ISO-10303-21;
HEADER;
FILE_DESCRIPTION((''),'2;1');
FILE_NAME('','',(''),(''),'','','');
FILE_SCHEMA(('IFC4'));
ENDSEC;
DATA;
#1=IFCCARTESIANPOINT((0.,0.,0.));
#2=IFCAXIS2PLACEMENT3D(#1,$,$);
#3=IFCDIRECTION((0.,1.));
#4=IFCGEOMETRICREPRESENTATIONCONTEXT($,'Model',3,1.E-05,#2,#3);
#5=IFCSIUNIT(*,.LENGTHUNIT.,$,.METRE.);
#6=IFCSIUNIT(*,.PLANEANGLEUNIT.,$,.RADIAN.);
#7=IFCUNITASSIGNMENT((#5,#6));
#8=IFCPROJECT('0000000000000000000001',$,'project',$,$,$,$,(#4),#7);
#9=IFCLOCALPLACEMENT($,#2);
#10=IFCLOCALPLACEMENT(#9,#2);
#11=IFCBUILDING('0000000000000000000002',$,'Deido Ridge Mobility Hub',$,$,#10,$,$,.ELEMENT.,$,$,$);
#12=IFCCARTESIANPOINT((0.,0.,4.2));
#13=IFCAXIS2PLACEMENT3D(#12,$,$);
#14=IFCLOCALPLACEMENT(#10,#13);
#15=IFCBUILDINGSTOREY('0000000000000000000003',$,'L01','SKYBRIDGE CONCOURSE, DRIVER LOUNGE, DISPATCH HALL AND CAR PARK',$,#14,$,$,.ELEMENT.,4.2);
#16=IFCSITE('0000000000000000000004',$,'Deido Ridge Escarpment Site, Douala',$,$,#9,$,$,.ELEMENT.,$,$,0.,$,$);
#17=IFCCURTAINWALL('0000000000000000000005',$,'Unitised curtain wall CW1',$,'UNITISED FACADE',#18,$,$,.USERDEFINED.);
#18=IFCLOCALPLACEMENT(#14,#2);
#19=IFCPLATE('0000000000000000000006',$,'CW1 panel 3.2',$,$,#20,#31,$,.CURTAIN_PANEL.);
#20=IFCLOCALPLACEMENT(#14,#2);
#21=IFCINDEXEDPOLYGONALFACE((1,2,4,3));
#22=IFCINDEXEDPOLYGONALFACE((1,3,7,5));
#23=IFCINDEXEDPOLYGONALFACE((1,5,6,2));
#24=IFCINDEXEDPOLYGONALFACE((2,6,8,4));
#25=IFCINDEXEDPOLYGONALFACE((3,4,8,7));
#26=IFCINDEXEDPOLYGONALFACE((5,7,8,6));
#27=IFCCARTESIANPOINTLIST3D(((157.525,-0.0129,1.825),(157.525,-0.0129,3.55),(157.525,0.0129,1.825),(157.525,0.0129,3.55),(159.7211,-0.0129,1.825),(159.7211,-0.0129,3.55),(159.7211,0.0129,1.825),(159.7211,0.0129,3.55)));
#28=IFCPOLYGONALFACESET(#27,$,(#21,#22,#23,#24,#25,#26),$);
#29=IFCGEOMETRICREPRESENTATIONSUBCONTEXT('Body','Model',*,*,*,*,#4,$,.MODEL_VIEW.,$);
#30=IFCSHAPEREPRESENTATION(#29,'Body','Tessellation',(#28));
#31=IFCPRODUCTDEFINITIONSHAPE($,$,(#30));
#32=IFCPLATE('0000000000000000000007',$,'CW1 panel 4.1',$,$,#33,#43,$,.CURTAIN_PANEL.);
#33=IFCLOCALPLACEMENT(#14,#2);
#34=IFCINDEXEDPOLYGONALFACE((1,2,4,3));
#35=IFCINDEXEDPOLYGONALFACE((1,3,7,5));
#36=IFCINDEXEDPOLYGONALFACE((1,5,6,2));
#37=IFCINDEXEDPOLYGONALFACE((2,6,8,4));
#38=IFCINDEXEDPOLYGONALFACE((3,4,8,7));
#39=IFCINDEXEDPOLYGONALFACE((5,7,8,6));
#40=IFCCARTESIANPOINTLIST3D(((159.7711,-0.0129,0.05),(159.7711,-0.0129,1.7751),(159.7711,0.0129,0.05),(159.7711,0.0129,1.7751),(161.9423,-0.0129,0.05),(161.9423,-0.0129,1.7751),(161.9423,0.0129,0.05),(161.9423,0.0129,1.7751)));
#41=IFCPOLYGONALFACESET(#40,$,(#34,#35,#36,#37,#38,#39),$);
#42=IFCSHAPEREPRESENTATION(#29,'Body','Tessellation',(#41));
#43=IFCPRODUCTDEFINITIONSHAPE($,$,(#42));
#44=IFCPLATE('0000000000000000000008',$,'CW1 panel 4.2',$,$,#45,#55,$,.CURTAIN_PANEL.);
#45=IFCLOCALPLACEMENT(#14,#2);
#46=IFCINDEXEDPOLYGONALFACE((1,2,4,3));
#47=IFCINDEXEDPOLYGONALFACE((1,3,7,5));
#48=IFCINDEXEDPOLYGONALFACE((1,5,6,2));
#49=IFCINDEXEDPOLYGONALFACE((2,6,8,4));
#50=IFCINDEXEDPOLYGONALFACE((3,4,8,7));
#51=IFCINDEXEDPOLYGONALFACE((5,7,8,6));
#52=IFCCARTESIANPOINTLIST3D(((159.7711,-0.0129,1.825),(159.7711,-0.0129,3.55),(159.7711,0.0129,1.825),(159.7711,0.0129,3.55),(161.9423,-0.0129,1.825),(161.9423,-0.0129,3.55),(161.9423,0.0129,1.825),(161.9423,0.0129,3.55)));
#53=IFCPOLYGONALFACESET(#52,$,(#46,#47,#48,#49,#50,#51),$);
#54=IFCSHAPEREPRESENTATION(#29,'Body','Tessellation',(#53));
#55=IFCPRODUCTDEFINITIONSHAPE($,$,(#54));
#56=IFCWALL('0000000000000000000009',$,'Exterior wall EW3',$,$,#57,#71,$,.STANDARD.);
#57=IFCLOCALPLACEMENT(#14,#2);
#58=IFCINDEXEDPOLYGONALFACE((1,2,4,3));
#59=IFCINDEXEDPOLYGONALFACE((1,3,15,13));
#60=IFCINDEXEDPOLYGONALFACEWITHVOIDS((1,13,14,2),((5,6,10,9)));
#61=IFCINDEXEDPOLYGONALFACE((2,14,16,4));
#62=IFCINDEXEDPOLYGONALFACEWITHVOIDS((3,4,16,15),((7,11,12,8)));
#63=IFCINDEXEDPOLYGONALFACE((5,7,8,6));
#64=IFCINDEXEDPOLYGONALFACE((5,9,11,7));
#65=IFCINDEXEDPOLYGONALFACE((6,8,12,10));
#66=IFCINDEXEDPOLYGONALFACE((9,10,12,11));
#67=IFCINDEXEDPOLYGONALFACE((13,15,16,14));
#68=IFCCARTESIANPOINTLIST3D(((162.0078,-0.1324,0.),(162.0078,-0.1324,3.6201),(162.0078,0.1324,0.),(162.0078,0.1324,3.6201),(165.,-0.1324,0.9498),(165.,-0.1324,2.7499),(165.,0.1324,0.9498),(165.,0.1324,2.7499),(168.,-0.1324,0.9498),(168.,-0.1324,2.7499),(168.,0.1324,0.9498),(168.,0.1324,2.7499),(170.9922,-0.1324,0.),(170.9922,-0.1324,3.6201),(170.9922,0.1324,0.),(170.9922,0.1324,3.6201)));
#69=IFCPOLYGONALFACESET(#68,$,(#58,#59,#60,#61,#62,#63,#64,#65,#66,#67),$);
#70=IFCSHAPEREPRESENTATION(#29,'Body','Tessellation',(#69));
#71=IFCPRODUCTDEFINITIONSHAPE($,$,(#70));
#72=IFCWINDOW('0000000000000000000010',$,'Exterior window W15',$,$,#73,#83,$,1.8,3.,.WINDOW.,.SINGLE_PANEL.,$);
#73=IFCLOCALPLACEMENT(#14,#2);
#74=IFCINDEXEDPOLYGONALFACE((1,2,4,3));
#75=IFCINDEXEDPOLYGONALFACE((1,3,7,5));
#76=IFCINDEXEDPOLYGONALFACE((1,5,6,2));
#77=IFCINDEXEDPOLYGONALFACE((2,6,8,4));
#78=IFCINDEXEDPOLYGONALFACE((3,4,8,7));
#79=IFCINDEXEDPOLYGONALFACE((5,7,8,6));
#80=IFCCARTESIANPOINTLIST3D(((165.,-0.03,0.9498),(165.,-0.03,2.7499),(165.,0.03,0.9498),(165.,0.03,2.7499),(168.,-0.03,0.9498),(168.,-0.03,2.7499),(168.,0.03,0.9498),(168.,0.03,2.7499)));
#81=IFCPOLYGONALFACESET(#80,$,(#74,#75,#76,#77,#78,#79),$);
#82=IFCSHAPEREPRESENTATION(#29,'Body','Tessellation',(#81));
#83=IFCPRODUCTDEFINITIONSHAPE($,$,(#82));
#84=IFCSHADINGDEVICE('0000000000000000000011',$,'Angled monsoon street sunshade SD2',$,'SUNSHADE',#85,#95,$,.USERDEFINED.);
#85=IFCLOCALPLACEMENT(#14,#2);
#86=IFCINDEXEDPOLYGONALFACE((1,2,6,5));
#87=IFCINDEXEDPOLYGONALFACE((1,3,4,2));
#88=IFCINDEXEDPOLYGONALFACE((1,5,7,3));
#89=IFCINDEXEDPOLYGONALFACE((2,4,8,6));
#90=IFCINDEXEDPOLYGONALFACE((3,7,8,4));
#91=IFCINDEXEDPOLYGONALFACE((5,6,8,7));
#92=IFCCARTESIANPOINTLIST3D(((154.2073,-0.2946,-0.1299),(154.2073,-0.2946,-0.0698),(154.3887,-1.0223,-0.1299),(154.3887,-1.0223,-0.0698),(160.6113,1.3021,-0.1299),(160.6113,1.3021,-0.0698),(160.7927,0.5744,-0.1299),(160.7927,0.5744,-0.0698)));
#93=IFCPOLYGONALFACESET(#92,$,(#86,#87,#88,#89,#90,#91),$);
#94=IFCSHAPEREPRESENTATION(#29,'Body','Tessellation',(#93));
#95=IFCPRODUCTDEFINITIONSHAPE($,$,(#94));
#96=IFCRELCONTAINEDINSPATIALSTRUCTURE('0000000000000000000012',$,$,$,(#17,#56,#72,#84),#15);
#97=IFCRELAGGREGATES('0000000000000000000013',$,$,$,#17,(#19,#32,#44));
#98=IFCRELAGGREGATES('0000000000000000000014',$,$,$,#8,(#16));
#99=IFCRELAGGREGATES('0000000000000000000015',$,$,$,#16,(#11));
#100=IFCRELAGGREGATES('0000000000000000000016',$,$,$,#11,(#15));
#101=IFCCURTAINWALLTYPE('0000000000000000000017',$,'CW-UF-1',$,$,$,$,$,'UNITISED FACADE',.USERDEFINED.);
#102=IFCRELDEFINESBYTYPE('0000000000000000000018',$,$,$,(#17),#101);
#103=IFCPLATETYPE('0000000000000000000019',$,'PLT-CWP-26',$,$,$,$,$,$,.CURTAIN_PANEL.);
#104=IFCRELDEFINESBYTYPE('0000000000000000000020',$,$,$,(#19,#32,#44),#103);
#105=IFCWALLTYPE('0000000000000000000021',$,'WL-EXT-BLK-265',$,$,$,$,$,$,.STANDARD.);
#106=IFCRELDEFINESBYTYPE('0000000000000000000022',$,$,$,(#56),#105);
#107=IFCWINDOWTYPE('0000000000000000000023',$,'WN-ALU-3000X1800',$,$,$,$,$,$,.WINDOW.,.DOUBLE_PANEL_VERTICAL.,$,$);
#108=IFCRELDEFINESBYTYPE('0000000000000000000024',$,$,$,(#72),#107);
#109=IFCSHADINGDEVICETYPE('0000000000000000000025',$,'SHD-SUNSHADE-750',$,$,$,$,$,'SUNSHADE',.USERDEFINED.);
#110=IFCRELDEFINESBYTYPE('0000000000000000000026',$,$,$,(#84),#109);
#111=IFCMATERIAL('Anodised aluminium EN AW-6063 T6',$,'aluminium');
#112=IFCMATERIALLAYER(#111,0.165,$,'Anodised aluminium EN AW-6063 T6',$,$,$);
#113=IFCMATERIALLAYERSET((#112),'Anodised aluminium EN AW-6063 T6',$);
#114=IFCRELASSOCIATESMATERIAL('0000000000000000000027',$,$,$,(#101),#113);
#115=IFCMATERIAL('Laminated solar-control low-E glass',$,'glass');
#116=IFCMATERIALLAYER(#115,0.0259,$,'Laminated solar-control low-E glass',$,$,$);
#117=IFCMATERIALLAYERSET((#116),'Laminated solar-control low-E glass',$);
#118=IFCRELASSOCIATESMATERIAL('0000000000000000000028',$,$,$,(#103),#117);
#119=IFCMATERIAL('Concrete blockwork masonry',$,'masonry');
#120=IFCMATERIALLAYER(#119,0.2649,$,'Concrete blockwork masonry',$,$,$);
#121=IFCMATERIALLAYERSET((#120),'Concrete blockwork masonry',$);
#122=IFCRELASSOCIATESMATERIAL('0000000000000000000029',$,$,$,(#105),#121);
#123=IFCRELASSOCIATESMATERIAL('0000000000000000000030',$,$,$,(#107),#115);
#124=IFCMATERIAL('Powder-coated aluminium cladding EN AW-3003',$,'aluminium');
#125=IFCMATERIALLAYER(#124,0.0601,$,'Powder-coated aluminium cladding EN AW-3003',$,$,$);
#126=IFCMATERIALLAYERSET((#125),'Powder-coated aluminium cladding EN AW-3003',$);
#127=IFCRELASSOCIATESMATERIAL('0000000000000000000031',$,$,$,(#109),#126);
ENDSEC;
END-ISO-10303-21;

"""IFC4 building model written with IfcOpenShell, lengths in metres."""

from ifc_helpers import new_model, si_unit, direction, frame, frame_2d, origin, origin_2d, place, context, subcontext, project, spatial, rectangle, extrude, material, layer, layer_set, type_object, element, fill, aggregate, save


model = new_model("IFC4")

# Units and contexts
model_context = context("Model", 3, precision=1e-05, world=origin(), true_north=direction((0.0, 1.0)))
body_context = subcontext(model_context, "Body", "Model", "MODEL_VIEW")
ifc_project = project(units=[si_unit("LENGTHUNIT", "METRE"), si_unit("PLANEANGLEUNIT", "RADIAN")], contexts=[model_context])

# Site, building, storey
site_placement = place(None, origin())
site = spatial("IfcSite", under=ifc_project, at=site_placement, Name="Deido Ridge Escarpment Site, Douala", CompositionType="ELEMENT", RefElevation=0.0)
building_placement = place(site_placement, origin())
building = spatial("IfcBuilding", under=site, at=building_placement, Name="Deido Ridge Mobility Hub", CompositionType="ELEMENT")
storey_placement = place(building_placement, frame((0.0, 0.0, 4.2)))
storey = spatial("IfcBuildingStorey", under=building, at=storey_placement, Name="L01", Description="SKYBRIDGE CONCOURSE, DRIVER LOUNGE, DISPATCH HALL AND CAR PARK", CompositionType="ELEMENT", Elevation=4.2)

# Curtain wall
ifc_material_1 = material(Name="Anodised aluminium EN AW-6063 T6", Category="aluminium")
ifc_layer_1 = layer(ifc_material_1, 0.165, Name="Anodised aluminium EN AW-6063 T6")
ifc_layer_set_1 = layer_set([ifc_layer_1], Name="Anodised aluminium EN AW-6063 T6")
curtain_wall_type = type_object("IfcCurtainWallType", Name="CW-UF-1", ElementType="UNITISED FACADE", PredefinedType="USERDEFINED", material=ifc_layer_set_1)
curtain_wall_placement = place(storey_placement, origin())
curtain_wall = element("IfcCurtainWall", 1, at=curtain_wall_placement, inside=storey, type_object=curtain_wall_type, Name="Unitised curtain wall CW1", ObjectType="UNITISED FACADE", PredefinedType="USERDEFINED")

# Plates
ifc_material_2 = material(Name="Laminated solar-control low-E glass", Category="glass")
ifc_layer_2 = layer(ifc_material_2, 0.0259, Name="Laminated solar-control low-E glass")
ifc_layer_set_2 = layer_set([ifc_layer_2], Name="Laminated solar-control low-E glass")
plate_type = type_object("IfcPlateType", Name="PLT-CWP-26", PredefinedType="CURTAIN_PANEL", material=ifc_layer_set_2)
plate_1_placement = place(storey_placement, frame((158.623, 0.0, 1.825), z_axis=(0.0, 0.0, 1.0), x_axis=(1.0, 0.0, 0.0)))
plate_1 = element("IfcPlate", 2, at=plate_1_placement, type_object=plate_type, Name="CW1 panel 3.2", PredefinedType="CURTAIN_PANEL", context=body_context, shape_type="SweptSolid", body=[
    extrude(rectangle(XDim=2.196, YDim=0.0259, at=origin_2d()), origin(), (0.0, 0.0, 1.0), 1.7251),
])
plate_2_placement = place(storey_placement, frame((160.8567, 0.0, 0.05), z_axis=(0.0, 0.0, 1.0), x_axis=(1.0, 0.0, 0.0)))
plate_2 = element("IfcPlate", 3, at=plate_2_placement, type_object=plate_type, Name="CW1 panel 4.1", PredefinedType="CURTAIN_PANEL", context=body_context, shape_type="SweptSolid", body=[
    extrude(rectangle(XDim=2.1711, YDim=0.0259, at=origin_2d()), origin(), (0.0, 0.0, 1.0), 1.7251),
])
plate_3_placement = place(storey_placement, frame((160.8567, 0.0, 1.825), z_axis=(0.0, 0.0, 1.0), x_axis=(1.0, 0.0, 0.0)))
plate_3 = element("IfcPlate", 4, at=plate_3_placement, type_object=plate_type, Name="CW1 panel 4.2", PredefinedType="CURTAIN_PANEL", context=body_context, shape_type="SweptSolid", body=[
    extrude(rectangle(XDim=2.1711, YDim=0.0259, at=origin_2d()), origin(), (0.0, 0.0, 1.0), 1.7251),
])
aggregate(curtain_wall, [plate_1, plate_2, plate_3])

# Wall, opening, window
ifc_material_3 = material(Name="Concrete blockwork masonry", Category="masonry")
ifc_layer_3 = layer(ifc_material_3, 0.2649, Name="Concrete blockwork masonry")
ifc_layer_set_3 = layer_set([ifc_layer_3], Name="Concrete blockwork masonry")
wall_type = type_object("IfcWallType", Name="WL-EXT-BLK-265", PredefinedType="STANDARD", material=ifc_layer_set_3)
wall_placement = place(storey_placement, frame((162.0078, 0.0, 0.0), z_axis=(0.0, 0.0, 1.0), x_axis=(1.0, 0.0, 0.0)))
wall = element("IfcWall", 5, at=wall_placement, inside=storey, type_object=wall_type, Name="Exterior wall EW3", PredefinedType="STANDARD", context=body_context, shape_type="SweptSolid", body=[
    extrude(rectangle(XDim=8.9844, YDim=0.2649, at=frame_2d((4.4922, 0.0))), origin(), (0.0, 0.0, 1.0), 3.6201),
])
opening_placement = place(wall_placement, frame((2.9922, 0.0, 0.95)))
opening = element("IfcOpeningElement", 6, at=opening_placement, cuts=wall, PredefinedType="OPENING", context=body_context, shape_type="SweptSolid", body=[
    extrude(rectangle(XDim=3.0, YDim=1.8, at=frame_2d((1.5, 0.8999))), frame((0.0, 0.1426, 0.0), z_axis=(0.0, -1.0, 0.0), x_axis=(1.0, 0.0, 0.0)), (0.0, 0.0, 1.0), 0.2849),
])
window_type = type_object("IfcWindowType", Name="WN-ALU-3000X1800", PartitioningType="DOUBLE_PANEL_VERTICAL", PredefinedType="WINDOW", material=ifc_material_2)
window_placement = place(opening_placement, origin())
window = element("IfcWindow", 7, at=window_placement, inside=storey, type_object=window_type, Name="Exterior window W15", OverallHeight=1.8, OverallWidth=3.0, PartitioningType="SINGLE_PANEL", PredefinedType="WINDOW", context=body_context, shape_type="SweptSolid", body=[
    extrude(rectangle(XDim=3.0, YDim=1.8, at=frame_2d((1.5, 0.8999))), frame((0.0, 0.03, 0.0), z_axis=(0.0, -1.0, 0.0), x_axis=(1.0, 0.0, 0.0)), (0.0, 0.0, 1.0), 0.0601),
])
fill(opening, window)

# Shading device
ifc_material_4 = material(Name="Powder-coated aluminium cladding EN AW-3003", Category="aluminium")
ifc_layer_4 = layer(ifc_material_4, 0.0601, Name="Powder-coated aluminium cladding EN AW-3003")
ifc_layer_set_4 = layer_set([ifc_layer_4], Name="Powder-coated aluminium cladding EN AW-3003")
shading_device_type = type_object("IfcShadingDeviceType", Name="SHD-SUNSHADE-750", ElementType="SUNSHADE", PredefinedType="USERDEFINED", material=ifc_layer_set_4)
shading_device_placement = place(storey_placement, frame((157.5, 0.1399, -0.1299), z_axis=(0.0, 0.0, 1.0), x_axis=(0.970296, 0.241922, 0.0)))
element("IfcShadingDevice", 8, at=shading_device_placement, inside=storey, type_object=shading_device_type, Name="Angled monsoon street sunshade SD2", ObjectType="SUNSHADE", PredefinedType="USERDEFINED", context=body_context, shape_type="SweptSolid", body=[
    extrude(rectangle(XDim=6.6001, YDim=0.75, at=origin_2d()), origin(), (0.0, 0.0, 1.0), 0.0601),
])

save(model, "model.ifc")
